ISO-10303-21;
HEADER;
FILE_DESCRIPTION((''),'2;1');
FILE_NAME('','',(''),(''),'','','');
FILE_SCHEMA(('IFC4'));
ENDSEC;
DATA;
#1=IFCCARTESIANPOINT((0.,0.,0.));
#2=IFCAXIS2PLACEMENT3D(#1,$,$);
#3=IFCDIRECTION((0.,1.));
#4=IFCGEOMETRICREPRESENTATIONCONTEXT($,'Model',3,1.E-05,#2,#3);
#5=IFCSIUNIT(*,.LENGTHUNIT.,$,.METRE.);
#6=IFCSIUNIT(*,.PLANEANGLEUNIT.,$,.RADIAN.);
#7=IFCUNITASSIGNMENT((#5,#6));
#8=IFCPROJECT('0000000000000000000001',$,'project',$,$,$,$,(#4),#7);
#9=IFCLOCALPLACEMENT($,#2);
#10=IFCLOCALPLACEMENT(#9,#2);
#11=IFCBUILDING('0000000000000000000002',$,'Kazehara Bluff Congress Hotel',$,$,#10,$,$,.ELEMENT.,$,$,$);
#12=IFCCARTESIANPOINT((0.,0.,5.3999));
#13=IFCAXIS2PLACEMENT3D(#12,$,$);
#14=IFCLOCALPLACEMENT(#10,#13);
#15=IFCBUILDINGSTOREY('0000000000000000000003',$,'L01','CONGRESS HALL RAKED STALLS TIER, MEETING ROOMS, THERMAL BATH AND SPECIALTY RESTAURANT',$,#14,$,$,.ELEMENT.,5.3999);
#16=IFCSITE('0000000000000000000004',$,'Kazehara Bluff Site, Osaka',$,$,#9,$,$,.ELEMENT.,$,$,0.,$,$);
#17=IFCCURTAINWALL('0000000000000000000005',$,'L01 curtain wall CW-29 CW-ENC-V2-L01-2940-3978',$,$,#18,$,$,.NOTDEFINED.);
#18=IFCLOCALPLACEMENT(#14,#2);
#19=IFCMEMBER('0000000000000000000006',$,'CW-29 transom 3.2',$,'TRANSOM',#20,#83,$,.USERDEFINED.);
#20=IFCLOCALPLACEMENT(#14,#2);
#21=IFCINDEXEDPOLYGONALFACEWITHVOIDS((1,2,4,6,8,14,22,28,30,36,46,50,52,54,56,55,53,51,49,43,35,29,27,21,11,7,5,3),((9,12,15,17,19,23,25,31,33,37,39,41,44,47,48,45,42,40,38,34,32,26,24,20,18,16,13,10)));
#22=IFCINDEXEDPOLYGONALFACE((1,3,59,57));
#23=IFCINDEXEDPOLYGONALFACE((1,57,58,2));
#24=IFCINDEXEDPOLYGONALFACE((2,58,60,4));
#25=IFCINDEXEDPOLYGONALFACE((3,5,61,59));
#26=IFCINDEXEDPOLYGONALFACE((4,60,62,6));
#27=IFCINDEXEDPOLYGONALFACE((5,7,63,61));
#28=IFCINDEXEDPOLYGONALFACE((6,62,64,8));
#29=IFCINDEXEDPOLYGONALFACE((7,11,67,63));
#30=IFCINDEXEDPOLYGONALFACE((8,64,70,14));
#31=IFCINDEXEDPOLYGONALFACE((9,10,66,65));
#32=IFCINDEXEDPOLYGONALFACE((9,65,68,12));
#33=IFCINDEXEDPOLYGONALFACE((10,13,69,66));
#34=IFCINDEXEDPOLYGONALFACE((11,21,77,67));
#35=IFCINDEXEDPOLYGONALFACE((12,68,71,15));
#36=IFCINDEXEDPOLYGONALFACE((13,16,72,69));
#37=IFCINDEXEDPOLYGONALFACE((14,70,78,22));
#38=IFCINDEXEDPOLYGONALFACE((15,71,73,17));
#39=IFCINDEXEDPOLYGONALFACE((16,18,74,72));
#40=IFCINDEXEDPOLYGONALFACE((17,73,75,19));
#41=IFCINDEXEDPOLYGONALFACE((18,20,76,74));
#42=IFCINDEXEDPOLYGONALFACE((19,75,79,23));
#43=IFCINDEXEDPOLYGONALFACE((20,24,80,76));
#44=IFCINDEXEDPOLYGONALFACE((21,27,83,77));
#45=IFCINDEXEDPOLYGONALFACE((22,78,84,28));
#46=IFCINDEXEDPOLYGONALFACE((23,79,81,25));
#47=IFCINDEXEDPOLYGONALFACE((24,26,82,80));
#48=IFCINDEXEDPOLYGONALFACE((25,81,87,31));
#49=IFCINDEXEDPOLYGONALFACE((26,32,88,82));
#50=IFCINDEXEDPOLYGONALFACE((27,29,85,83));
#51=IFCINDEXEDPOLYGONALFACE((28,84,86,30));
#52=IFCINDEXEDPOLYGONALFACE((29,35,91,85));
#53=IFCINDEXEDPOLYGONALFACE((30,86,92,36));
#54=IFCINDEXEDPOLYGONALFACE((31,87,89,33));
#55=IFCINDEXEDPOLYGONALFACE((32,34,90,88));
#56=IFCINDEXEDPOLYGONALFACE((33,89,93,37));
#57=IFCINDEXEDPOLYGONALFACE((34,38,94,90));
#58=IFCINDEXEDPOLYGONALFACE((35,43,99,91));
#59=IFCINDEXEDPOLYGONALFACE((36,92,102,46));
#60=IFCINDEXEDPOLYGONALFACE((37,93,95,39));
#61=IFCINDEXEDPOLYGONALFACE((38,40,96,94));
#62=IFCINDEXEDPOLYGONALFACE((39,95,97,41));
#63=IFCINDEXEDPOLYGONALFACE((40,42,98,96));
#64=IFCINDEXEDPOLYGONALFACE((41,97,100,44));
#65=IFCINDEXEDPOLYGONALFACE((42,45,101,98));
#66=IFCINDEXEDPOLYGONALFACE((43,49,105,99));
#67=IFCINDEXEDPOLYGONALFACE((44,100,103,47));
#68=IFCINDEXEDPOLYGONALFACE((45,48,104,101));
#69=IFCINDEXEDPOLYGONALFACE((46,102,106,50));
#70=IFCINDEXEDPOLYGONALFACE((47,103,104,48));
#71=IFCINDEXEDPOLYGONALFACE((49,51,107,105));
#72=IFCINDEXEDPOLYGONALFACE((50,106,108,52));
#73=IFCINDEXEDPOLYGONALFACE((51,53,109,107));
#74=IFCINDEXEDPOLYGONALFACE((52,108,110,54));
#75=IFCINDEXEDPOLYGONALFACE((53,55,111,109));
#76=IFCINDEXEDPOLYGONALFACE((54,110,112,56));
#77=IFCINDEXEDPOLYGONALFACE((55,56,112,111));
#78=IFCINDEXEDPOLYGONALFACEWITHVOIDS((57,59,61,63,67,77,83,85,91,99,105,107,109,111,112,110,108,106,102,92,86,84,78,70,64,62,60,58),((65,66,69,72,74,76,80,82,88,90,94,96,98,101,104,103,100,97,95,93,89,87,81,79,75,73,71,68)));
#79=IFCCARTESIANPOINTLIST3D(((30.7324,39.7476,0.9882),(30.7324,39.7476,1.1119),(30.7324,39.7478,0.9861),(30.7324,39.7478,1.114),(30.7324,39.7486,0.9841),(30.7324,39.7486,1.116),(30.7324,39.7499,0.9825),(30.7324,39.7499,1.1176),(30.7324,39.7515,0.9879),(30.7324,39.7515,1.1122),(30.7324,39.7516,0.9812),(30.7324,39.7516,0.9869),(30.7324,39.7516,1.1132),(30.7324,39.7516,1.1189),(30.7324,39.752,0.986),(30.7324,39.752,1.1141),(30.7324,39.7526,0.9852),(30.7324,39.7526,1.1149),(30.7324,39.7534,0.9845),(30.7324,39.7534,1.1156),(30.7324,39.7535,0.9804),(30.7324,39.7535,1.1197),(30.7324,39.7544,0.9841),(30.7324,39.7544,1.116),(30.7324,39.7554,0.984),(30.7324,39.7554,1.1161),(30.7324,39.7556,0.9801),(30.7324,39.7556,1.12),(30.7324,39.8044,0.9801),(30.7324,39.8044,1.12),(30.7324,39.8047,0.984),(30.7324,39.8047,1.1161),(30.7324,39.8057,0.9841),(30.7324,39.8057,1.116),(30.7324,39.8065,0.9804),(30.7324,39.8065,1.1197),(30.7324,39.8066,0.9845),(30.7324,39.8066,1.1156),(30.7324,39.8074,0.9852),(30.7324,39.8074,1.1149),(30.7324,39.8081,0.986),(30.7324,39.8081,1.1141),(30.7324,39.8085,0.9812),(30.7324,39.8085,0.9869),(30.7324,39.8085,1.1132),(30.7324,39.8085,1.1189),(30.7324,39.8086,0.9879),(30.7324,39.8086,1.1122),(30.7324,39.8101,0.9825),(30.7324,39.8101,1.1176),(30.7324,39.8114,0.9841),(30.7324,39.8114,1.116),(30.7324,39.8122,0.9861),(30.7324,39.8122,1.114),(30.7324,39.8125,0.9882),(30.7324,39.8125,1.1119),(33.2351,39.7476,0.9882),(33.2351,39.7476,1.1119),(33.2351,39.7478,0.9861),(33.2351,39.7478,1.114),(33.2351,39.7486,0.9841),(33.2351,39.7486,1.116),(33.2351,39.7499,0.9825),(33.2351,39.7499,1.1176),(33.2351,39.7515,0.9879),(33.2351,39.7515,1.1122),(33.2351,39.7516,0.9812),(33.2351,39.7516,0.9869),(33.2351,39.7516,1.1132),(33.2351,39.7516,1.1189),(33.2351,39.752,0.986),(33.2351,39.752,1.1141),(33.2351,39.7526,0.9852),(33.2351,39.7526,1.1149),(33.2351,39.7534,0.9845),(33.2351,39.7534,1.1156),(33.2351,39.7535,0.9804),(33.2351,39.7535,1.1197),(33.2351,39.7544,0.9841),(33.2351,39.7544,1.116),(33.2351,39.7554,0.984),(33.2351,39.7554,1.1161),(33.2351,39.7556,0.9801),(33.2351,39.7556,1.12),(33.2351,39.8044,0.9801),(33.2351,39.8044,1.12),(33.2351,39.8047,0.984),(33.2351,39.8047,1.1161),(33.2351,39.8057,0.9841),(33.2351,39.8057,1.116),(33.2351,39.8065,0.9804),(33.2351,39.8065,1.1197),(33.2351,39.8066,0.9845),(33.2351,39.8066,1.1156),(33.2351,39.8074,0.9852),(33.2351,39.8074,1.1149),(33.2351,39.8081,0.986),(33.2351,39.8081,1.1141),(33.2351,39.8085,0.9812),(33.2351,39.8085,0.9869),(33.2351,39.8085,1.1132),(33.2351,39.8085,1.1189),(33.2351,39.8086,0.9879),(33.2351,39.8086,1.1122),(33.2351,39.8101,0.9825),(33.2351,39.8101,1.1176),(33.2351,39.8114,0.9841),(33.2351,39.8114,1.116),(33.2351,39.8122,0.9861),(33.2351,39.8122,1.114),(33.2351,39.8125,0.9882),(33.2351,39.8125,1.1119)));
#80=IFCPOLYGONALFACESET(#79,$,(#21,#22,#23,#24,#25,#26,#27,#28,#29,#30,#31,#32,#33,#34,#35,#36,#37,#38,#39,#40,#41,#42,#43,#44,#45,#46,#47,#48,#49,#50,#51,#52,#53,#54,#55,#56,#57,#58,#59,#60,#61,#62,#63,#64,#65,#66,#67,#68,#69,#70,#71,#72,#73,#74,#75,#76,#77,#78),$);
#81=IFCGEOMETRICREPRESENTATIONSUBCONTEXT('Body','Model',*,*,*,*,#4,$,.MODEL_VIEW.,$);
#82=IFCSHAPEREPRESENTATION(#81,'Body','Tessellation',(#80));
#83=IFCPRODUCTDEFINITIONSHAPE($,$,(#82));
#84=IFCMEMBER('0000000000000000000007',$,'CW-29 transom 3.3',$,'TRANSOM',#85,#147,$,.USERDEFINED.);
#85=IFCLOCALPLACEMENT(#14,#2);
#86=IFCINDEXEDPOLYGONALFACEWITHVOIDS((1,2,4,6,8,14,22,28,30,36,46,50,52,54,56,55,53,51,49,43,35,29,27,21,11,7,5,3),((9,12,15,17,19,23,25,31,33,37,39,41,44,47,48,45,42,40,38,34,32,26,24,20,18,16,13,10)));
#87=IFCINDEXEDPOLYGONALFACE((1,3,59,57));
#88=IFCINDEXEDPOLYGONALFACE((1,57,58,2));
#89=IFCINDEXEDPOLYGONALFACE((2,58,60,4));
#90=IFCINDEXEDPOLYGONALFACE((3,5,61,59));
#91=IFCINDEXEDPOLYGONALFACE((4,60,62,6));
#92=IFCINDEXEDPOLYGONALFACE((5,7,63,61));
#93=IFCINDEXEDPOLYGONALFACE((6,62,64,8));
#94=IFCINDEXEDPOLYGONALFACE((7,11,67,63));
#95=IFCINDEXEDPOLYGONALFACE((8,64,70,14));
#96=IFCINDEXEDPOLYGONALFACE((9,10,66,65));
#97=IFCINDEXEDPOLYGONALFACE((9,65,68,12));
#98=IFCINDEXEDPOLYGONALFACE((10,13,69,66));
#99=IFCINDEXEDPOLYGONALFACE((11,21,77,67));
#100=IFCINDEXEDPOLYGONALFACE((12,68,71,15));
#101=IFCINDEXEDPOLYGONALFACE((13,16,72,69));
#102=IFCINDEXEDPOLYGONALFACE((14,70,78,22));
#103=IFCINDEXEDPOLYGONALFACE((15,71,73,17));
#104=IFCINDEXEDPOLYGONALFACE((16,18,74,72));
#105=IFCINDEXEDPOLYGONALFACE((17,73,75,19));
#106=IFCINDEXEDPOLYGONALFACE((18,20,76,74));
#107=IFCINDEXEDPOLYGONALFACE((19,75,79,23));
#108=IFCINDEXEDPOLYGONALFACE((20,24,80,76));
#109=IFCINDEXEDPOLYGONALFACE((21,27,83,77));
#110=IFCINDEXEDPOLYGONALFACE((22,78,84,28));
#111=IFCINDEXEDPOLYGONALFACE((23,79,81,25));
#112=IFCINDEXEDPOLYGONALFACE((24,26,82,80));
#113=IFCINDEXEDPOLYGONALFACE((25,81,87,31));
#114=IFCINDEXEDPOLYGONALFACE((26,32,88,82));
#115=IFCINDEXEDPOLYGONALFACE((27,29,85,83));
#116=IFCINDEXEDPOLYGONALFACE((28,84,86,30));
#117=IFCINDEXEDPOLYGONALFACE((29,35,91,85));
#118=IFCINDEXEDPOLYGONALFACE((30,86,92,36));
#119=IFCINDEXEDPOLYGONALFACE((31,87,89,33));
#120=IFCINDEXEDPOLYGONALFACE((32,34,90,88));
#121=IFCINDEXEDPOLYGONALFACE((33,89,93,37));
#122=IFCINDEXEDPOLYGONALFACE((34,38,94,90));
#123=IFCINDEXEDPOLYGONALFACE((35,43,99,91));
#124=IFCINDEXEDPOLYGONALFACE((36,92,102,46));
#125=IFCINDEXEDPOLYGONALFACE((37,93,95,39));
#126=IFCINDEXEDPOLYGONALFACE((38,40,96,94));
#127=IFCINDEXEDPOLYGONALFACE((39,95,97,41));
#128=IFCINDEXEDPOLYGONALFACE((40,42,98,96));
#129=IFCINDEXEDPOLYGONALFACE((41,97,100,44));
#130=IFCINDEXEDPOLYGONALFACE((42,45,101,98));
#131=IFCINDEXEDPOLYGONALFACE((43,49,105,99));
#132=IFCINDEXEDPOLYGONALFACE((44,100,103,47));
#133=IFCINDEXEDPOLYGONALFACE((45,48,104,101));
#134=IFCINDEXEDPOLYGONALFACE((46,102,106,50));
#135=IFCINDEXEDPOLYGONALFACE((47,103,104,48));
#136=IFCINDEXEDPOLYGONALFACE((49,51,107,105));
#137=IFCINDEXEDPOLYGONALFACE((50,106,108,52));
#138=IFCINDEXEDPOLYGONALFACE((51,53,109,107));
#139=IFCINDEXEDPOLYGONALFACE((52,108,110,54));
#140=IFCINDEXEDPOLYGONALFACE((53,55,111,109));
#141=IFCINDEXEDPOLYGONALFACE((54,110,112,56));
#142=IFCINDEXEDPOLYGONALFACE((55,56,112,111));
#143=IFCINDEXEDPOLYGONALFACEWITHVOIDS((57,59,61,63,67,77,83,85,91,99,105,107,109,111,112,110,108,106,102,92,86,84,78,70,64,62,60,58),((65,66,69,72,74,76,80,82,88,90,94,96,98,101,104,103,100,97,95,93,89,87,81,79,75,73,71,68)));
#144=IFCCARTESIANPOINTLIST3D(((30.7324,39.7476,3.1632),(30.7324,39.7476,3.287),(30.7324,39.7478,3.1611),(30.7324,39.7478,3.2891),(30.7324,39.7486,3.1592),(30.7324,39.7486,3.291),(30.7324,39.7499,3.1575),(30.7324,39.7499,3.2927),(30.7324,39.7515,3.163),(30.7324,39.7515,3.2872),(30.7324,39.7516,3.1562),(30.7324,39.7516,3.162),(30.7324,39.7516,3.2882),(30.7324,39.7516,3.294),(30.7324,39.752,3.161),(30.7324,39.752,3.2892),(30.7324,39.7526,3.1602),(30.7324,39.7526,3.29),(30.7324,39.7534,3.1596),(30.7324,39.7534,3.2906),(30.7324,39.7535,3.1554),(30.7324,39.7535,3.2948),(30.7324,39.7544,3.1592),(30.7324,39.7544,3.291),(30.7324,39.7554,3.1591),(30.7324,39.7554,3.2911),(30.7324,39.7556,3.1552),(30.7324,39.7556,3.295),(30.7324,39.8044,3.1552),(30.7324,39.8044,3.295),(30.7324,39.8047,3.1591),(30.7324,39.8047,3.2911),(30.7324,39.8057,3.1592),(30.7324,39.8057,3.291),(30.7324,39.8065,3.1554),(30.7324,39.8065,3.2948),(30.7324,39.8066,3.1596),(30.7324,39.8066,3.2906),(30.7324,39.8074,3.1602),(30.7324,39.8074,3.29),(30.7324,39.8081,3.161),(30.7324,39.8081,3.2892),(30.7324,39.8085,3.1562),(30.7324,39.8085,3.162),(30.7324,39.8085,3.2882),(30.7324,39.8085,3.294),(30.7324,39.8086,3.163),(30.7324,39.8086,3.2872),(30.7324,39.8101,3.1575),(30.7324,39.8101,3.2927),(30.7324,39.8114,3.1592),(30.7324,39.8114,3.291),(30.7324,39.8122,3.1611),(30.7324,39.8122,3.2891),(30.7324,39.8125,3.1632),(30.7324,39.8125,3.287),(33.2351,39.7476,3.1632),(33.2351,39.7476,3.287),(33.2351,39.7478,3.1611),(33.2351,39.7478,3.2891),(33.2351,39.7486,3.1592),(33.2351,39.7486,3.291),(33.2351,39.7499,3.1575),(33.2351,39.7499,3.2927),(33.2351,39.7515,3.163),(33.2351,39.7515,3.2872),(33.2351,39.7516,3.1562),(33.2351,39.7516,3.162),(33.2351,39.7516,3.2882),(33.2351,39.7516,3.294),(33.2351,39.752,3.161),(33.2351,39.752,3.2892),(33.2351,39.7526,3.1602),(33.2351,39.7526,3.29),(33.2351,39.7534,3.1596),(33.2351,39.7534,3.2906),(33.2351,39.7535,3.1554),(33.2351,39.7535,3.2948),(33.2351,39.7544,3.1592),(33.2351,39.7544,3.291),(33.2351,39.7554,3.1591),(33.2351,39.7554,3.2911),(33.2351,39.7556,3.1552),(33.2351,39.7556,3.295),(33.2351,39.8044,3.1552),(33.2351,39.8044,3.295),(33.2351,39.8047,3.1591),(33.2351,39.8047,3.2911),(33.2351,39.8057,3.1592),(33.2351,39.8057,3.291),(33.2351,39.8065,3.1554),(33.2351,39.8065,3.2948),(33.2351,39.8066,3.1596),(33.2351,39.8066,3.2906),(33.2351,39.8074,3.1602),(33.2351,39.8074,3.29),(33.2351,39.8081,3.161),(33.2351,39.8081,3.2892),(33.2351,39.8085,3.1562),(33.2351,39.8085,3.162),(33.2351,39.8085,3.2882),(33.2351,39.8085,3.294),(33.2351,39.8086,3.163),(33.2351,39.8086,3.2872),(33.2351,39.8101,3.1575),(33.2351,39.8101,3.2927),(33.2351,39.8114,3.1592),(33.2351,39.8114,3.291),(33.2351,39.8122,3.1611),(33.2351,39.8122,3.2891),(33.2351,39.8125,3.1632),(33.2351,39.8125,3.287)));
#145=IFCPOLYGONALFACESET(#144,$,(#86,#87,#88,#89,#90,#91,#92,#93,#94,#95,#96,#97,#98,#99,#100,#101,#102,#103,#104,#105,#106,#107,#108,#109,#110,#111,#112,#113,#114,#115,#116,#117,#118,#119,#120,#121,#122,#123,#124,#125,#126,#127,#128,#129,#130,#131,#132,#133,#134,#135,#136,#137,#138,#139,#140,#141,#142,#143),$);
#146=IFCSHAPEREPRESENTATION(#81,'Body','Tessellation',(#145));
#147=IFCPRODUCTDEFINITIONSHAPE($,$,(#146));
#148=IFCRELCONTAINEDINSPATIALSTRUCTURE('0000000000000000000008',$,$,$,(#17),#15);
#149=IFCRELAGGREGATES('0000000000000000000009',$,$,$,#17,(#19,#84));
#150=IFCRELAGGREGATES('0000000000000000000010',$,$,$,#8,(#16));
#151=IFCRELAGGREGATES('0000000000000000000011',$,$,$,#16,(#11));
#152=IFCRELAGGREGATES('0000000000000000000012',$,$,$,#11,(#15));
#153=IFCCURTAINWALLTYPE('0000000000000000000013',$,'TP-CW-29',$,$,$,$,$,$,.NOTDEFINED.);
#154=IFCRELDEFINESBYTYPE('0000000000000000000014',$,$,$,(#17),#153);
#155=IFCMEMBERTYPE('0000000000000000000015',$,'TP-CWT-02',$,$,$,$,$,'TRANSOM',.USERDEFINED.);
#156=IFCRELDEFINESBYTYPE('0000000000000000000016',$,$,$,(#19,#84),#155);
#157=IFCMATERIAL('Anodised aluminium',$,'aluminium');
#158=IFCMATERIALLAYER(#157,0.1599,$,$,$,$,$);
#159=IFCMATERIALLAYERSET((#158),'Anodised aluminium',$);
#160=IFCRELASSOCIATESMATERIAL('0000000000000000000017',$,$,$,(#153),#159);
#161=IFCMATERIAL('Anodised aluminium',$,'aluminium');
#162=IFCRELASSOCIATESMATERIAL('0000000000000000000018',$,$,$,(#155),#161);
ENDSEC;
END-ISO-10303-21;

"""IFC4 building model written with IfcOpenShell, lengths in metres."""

from ifc_helpers import new_model, si_unit, direction, frame, origin, origin_2d, place, context, subcontext, project, spatial, hollow_rectangle, extrude, material, layer, layer_set, material_profile, profile_set, type_object, element, aggregate, save


model = new_model("IFC4")

# Units and contexts
model_context = context("Model", 3, precision=1e-05, world=origin(), true_north=direction((0.0, 1.0)))
body_context = subcontext(model_context, "Body", "Model", "MODEL_VIEW")
ifc_project = project(units=[si_unit("LENGTHUNIT", "METRE"), si_unit("PLANEANGLEUNIT", "RADIAN")], contexts=[model_context])

# Site, building, storey
site_placement = place(None, origin())
site = spatial("IfcSite", under=ifc_project, at=site_placement, Name="Kazehara Bluff Site, Osaka", CompositionType="ELEMENT", RefElevation=0.0)
building_placement = place(site_placement, origin())
building = spatial("IfcBuilding", under=site, at=building_placement, Name="Kazehara Bluff Congress Hotel", CompositionType="ELEMENT")
storey_placement = place(building_placement, frame((0.0, 0.0, 5.3999)))
storey = spatial("IfcBuildingStorey", under=building, at=storey_placement, Name="L01", Description="CONGRESS HALL RAKED STALLS TIER, MEETING ROOMS, THERMAL BATH AND SPECIALTY RESTAURANT", CompositionType="ELEMENT", Elevation=5.3999)

# Curtain wall
ifc_material_1 = material(Name="Anodised aluminium", Category="aluminium")
ifc_layer_1 = layer(ifc_material_1, 0.1599)
ifc_layer_set_1 = layer_set([ifc_layer_1], Name="Anodised aluminium")
curtain_wall_type_1 = type_object("IfcCurtainWallType", Name="TP-CW-29", PredefinedType="NOTDEFINED", material=ifc_layer_set_1)
curtain_wall_1_placement = place(storey_placement, origin())
curtain_wall_1 = element("IfcCurtainWall", 1, at=curtain_wall_1_placement, inside=storey, type_object=curtain_wall_type_1, Name="L01 curtain wall CW-29 CW-ENC-V2-L01-2940-3978", PredefinedType="NOTDEFINED")

# Members
ifc_material_2 = material(Name="Anodised aluminium", Category="aluminium")
ifc_material_profile_1 = material_profile(ifc_material_2, hollow_rectangle(XDim=0.0649, YDim=0.1399, WallThickness=0.0039, InnerFilletRadius=0.0039, OuterFilletRadius=0.0081, at=origin_2d()))
ifc_profile_set_1 = profile_set([ifc_material_profile_1], Name="Anodised aluminium")
member_type_1 = type_object("IfcMemberType", Name="TP-CWT-02", ElementType="TRANSOM", PredefinedType="USERDEFINED", material=ifc_profile_set_1)
member_1_placement = place(storey_placement, frame((30.7324, 39.78, 1.05), z_axis=(1.0, 0.0, 0.0), x_axis=(0.0, 1.0, 0.0)))
member_1 = element("IfcMember", 2, at=member_1_placement, type_object=member_type_1, Name="CW-29 transom 3.2", ObjectType="TRANSOM", PredefinedType="USERDEFINED", context=body_context, shape_type="SweptSolid", body=[
    extrude(hollow_rectangle(XDim=0.0649, YDim=0.1399, WallThickness=0.0039, InnerFilletRadius=0.0039, OuterFilletRadius=0.0081, at=origin_2d()), origin(), (0.0, 0.0, 1.0), 2.5027),
])
member_2_placement = place(storey_placement, frame((30.7324, 39.78, 3.2251), z_axis=(1.0, 0.0, 0.0), x_axis=(0.0, 1.0, 0.0)))
member_2 = element("IfcMember", 3, at=member_2_placement, type_object=member_type_1, Name="CW-29 transom 3.3", ObjectType="TRANSOM", PredefinedType="USERDEFINED", context=body_context, shape_type="SweptSolid", body=[
    extrude(hollow_rectangle(XDim=0.0649, YDim=0.1399, WallThickness=0.0039, InnerFilletRadius=0.0039, OuterFilletRadius=0.0081, at=origin_2d()), origin(), (0.0, 0.0, 1.0), 2.5027),
])

aggregate(curtain_wall_1, [member_1, member_2])

save(model, "model.ifc")
